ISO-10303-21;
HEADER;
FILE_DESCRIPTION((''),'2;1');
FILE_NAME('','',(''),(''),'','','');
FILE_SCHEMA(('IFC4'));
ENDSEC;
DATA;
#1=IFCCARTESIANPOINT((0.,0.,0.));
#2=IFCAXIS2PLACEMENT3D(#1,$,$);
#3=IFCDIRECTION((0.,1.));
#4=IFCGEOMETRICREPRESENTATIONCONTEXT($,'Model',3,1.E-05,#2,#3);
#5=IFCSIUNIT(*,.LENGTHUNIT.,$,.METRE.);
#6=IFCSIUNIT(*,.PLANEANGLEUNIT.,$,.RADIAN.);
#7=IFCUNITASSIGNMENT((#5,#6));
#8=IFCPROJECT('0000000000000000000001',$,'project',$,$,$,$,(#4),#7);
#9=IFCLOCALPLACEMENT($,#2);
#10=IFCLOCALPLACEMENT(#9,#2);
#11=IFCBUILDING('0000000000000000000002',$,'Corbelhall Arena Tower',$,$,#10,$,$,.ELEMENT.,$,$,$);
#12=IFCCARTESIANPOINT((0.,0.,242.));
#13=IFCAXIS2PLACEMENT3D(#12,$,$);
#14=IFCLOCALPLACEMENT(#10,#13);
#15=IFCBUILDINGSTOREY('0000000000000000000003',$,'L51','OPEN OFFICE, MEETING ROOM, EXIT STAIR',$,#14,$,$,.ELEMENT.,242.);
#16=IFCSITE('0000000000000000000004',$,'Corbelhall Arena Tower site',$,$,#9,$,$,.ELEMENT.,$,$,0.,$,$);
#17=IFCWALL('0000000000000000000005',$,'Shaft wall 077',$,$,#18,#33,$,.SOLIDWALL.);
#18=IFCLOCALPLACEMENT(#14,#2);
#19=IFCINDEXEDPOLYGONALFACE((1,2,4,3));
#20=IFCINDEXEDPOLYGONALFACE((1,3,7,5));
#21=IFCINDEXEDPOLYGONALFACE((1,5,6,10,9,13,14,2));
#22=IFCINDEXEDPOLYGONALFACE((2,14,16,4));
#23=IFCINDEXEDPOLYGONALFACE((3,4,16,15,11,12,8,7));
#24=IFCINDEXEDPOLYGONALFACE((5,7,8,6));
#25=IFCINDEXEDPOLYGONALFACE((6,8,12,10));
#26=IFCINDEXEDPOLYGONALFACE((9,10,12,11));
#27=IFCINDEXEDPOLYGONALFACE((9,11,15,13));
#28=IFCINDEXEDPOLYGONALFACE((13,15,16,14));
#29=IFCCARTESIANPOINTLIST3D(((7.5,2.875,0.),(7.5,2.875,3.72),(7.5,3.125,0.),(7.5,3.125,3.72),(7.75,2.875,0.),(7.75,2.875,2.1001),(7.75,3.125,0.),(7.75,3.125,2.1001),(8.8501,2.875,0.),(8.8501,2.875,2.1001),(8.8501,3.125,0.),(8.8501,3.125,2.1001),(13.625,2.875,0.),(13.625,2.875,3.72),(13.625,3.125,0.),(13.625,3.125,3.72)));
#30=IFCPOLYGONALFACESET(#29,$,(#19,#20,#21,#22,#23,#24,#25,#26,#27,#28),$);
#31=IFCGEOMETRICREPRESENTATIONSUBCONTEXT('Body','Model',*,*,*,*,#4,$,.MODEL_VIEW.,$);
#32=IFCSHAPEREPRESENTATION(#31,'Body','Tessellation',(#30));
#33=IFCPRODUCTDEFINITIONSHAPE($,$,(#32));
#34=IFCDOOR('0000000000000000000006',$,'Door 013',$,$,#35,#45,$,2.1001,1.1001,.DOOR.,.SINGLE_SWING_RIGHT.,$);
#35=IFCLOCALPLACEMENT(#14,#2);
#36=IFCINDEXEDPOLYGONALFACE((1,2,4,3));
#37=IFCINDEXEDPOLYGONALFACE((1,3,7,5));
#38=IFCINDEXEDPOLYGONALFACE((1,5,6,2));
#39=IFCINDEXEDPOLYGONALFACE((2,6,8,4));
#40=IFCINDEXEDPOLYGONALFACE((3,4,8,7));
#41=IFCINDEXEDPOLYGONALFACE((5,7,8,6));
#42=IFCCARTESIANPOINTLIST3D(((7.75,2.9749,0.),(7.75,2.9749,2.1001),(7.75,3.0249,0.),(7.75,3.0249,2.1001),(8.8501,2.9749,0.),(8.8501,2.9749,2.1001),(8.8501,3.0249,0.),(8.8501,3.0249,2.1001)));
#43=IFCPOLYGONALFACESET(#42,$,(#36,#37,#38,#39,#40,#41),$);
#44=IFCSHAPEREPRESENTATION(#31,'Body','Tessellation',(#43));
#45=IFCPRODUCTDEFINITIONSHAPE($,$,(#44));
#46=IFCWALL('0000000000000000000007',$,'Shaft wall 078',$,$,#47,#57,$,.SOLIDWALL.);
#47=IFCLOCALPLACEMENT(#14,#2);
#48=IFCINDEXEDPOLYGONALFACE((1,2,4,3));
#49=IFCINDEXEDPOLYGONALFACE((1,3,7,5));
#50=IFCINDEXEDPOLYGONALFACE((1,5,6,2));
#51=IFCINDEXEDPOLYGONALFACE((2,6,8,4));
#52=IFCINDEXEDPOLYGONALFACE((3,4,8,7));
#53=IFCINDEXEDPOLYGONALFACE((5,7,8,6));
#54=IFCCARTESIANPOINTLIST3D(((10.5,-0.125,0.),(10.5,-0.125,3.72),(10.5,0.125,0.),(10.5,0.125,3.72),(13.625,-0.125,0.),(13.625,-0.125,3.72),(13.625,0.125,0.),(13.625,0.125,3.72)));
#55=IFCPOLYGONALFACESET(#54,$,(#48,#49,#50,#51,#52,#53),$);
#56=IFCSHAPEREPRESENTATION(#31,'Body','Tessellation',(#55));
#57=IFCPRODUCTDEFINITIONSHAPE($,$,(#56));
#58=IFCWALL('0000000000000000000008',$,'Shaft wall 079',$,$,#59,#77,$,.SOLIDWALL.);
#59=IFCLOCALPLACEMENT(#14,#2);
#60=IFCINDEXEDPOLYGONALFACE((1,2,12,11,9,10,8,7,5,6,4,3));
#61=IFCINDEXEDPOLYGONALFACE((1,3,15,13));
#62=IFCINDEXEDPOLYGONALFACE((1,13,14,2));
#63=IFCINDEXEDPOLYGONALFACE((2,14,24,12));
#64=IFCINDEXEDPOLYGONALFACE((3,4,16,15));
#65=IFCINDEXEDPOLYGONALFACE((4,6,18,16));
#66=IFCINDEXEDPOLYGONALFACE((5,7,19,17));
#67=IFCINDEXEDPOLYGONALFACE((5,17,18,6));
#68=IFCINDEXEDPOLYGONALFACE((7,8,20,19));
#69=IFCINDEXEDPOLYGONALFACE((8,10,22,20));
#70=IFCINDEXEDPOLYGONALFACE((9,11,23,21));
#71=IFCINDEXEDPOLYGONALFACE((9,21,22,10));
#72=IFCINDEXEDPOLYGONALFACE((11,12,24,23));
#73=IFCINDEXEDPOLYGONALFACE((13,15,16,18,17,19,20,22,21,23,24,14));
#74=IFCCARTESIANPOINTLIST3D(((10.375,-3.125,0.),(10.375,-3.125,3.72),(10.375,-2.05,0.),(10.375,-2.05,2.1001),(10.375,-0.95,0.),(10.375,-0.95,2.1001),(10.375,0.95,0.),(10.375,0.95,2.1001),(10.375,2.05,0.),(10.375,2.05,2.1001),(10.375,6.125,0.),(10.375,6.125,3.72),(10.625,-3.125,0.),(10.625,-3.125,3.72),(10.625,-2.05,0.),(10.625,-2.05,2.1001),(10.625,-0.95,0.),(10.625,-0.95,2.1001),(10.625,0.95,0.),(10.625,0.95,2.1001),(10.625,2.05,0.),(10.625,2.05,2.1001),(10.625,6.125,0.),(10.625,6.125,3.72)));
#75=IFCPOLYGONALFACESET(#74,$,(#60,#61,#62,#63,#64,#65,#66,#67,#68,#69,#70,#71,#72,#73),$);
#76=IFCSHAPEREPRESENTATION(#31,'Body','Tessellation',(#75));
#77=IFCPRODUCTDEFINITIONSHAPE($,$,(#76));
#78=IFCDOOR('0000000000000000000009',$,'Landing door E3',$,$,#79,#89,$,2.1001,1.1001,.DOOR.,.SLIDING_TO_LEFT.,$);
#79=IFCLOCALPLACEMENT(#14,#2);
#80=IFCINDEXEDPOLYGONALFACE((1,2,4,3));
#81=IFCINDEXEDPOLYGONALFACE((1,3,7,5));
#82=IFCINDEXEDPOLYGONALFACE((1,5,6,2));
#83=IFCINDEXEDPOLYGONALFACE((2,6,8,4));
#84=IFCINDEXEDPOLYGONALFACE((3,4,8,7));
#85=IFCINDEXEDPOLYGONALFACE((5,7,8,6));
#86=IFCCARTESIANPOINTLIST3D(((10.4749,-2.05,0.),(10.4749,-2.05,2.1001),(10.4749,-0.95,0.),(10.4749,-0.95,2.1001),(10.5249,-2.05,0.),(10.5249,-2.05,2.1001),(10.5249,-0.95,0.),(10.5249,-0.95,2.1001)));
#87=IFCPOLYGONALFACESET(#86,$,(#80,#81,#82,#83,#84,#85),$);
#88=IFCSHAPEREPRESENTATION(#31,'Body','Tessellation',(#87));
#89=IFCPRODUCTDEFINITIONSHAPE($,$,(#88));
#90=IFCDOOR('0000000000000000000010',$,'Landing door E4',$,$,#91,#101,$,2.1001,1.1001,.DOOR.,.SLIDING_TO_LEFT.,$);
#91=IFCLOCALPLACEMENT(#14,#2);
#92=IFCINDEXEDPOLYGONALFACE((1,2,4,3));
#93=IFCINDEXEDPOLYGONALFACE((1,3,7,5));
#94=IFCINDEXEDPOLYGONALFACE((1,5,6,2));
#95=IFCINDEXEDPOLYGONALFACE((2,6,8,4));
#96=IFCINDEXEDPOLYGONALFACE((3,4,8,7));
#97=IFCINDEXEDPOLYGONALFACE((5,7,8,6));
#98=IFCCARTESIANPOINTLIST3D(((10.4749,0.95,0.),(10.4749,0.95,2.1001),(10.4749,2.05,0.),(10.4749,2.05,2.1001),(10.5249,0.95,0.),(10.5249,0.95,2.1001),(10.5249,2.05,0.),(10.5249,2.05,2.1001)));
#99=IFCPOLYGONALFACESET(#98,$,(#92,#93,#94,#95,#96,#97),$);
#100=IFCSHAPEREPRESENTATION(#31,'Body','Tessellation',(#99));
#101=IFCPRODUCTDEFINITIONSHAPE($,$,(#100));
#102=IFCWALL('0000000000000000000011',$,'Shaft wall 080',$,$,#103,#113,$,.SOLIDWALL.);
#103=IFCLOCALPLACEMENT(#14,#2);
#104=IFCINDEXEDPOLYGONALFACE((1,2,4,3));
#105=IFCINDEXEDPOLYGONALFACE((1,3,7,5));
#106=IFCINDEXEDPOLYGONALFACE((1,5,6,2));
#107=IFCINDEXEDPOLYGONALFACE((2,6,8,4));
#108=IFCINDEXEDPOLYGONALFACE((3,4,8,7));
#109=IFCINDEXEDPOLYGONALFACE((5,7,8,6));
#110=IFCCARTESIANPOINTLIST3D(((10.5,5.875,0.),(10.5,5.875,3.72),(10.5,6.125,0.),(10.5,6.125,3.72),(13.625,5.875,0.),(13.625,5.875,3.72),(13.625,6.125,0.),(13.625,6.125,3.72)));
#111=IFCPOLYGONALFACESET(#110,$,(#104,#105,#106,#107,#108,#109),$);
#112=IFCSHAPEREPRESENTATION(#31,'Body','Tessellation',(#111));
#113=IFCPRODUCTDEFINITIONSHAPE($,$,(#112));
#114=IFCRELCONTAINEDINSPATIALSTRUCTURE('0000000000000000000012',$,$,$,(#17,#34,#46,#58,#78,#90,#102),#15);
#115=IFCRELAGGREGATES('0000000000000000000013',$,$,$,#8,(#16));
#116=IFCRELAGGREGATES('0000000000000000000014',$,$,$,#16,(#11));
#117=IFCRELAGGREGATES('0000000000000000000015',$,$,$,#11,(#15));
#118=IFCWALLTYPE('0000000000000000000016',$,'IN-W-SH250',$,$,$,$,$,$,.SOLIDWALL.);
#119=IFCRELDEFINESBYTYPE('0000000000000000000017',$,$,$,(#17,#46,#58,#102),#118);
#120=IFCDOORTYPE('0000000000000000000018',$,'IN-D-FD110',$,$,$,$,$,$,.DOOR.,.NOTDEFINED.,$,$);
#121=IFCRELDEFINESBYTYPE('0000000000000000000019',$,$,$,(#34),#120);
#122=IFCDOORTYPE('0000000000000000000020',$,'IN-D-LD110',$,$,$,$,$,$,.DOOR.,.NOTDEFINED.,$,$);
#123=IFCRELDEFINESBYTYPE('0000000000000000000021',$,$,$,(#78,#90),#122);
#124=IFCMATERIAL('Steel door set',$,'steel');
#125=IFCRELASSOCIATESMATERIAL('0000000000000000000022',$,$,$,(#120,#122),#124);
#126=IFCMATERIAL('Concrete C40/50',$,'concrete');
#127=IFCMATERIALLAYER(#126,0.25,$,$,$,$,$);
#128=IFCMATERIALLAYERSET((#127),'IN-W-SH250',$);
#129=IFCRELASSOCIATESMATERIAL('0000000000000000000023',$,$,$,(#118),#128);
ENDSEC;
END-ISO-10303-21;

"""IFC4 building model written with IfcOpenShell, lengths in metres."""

from ifc_helpers import new_model, si_unit, direction, frame, frame_2d, origin, place, context, subcontext, project, spatial, rectangle, extrude, material, layer, layer_set, type_object, element, fill, save


model = new_model("IFC4")

# Units and contexts
model_context = context("Model", 3, precision=1e-05, world=origin(), true_north=direction((0.0, 1.0)))
body_context = subcontext(model_context, "Body", "Model", "MODEL_VIEW")
ifc_project = project(units=[si_unit("LENGTHUNIT", "METRE"), si_unit("PLANEANGLEUNIT", "RADIAN")], contexts=[model_context])

# Site, building, storey
site_placement = place(None, origin())
site = spatial("IfcSite", under=ifc_project, at=site_placement, Name="Corbelhall Arena Tower site", CompositionType="ELEMENT", RefElevation=0.0)
building_placement = place(site_placement, origin())
building = spatial("IfcBuilding", under=site, at=building_placement, Name="Corbelhall Arena Tower", CompositionType="ELEMENT")
storey_placement = place(building_placement, frame((0.0, 0.0, 242.0)))
storey = spatial("IfcBuildingStorey", under=building, at=storey_placement, Name="L51", Description="OPEN OFFICE, MEETING ROOM, EXIT STAIR", CompositionType="ELEMENT", Elevation=242.0)

# Shared definitions
ifc_material_1 = material(Name="Concrete C40/50", Category="concrete")

# Shared definitions
ifc_material_2 = material(Name="Steel door set", Category="steel")
door_type_1 = type_object("IfcDoorType", Name="IN-D-FD110", OperationType="NOTDEFINED", PredefinedType="DOOR", material=ifc_material_2)

# Shared definitions
ifc_layer_1 = layer(ifc_material_1, 0.25)
ifc_layer_set_1 = layer_set([ifc_layer_1], Name="IN-W-SH250")
wall_type_1 = type_object("IfcWallType", Name="IN-W-SH250", PredefinedType="SOLIDWALL", material=ifc_layer_set_1)

# Wall, opening, door
wall_1_placement = place(storey_placement, frame((7.5, 3.0, 0.0), z_axis=(0.0, 0.0, 1.0), x_axis=(1.0, 0.0, 0.0)))
wall_1 = element("IfcWall", 1, at=wall_1_placement, inside=storey, type_object=wall_type_1, Name="Shaft wall 077", PredefinedType="SOLIDWALL", context=body_context, shape_type="SweptSolid", body=[
    extrude(rectangle(XDim=6.125, YDim=0.25, at=frame_2d((3.0625, 0.0))), origin(), (0.0, 0.0, 1.0), 3.72),
])
opening_1_placement = place(wall_1_placement, frame((0.25, 0.0, 0.0)))
opening_1 = element("IfcOpeningElement", 2, at=opening_1_placement, cuts=wall_1, PredefinedType="OPENING", context=body_context, shape_type="SweptSolid", body=[
    extrude(rectangle(XDim=1.1001, YDim=2.1001, at=frame_2d((0.55, 1.05))), frame((0.0, 0.125, 0.0), z_axis=(0.0, -1.0, 0.0), x_axis=(1.0, 0.0, 0.0)), (0.0, 0.0, 1.0), 0.25),
])
door_1_placement = place(opening_1_placement, origin())
door_1 = element("IfcDoor", 3, at=door_1_placement, inside=storey, type_object=door_type_1, Name="Door 013", OperationType="SINGLE_SWING_RIGHT", OverallHeight=2.1001, OverallWidth=1.1001, PredefinedType="DOOR", context=body_context, shape_type="SweptSolid", body=[
    extrude(rectangle(XDim=1.1001, YDim=2.1001, at=frame_2d((0.55, 1.05))), frame((0.0, 0.0249, 0.0), z_axis=(0.0, -1.0, 0.0), x_axis=(1.0, 0.0, 0.0)), (0.0, 0.0, 1.0), 0.05),
])
fill(opening_1, door_1)

# Wall
wall_2_placement = place(storey_placement, frame((10.5, 0.0, 0.0), z_axis=(0.0, 0.0, 1.0), x_axis=(1.0, 0.0, 0.0)))
element("IfcWall", 4, at=wall_2_placement, inside=storey, type_object=wall_type_1, Name="Shaft wall 078", PredefinedType="SOLIDWALL", context=body_context, shape_type="SweptSolid", body=[
    extrude(rectangle(XDim=3.125, YDim=0.25, at=frame_2d((1.5625, 0.0))), origin(), (0.0, 0.0, 1.0), 3.72),
])

# Wall, openings, doors
wall_3_placement = place(storey_placement, frame((10.5, 6.125, 0.0), z_axis=(0.0, 0.0, 1.0), x_axis=(0.0, -1.0, 0.0)))
wall_3 = element("IfcWall", 5, at=wall_3_placement, inside=storey, type_object=wall_type_1, Name="Shaft wall 079", PredefinedType="SOLIDWALL", context=body_context, shape_type="SweptSolid", body=[
    extrude(rectangle(XDim=9.25, YDim=0.25, at=frame_2d((4.625, 0.0))), origin(), (0.0, 0.0, 1.0), 3.72),
])
opening_2_placement = place(wall_3_placement, frame((7.075, 0.0, 0.0)))
opening_2 = element("IfcOpeningElement", 6, at=opening_2_placement, cuts=wall_3, PredefinedType="OPENING", context=body_context, shape_type="SweptSolid", body=[
    extrude(rectangle(XDim=1.1001, YDim=2.1001, at=frame_2d((0.55, 1.05))), frame((0.0, 0.125, 0.0), z_axis=(0.0, -1.0, 0.0), x_axis=(1.0, 0.0, 0.0)), (0.0, 0.0, 1.0), 0.25),
])
opening_3_placement = place(wall_3_placement, frame((4.075, 0.0, 0.0)))
opening_3 = element("IfcOpeningElement", 7, at=opening_3_placement, cuts=wall_3, PredefinedType="OPENING", context=body_context, shape_type="SweptSolid", body=[
    extrude(rectangle(XDim=1.1001, YDim=2.1001, at=frame_2d((0.55, 1.05))), frame((0.0, 0.125, 0.0), z_axis=(0.0, -1.0, 0.0), x_axis=(1.0, 0.0, 0.0)), (0.0, 0.0, 1.0), 0.25),
])
door_type_2 = type_object("IfcDoorType", Name="IN-D-LD110", OperationType="NOTDEFINED", PredefinedType="DOOR", material=ifc_material_2)
door_2_placement = place(opening_2_placement, origin())
door_2 = element("IfcDoor", 8, at=door_2_placement, inside=storey, type_object=door_type_2, Name="Landing door E3", OperationType="SLIDING_TO_LEFT", OverallHeight=2.1001, OverallWidth=1.1001, PredefinedType="DOOR", context=body_context, shape_type="SweptSolid", body=[
    extrude(rectangle(XDim=1.1001, YDim=2.1001, at=frame_2d((0.55, 1.05))), frame((0.0, 0.0249, 0.0), z_axis=(0.0, -1.0, 0.0), x_axis=(1.0, 0.0, 0.0)), (0.0, 0.0, 1.0), 0.05),
])
fill(opening_2, door_2)
door_3_placement = place(opening_3_placement, origin())
door_3 = element("IfcDoor", 9, at=door_3_placement, inside=storey, type_object=door_type_2, Name="Landing door E4", OperationType="SLIDING_TO_LEFT", OverallHeight=2.1001, OverallWidth=1.1001, PredefinedType="DOOR", context=body_context, shape_type="SweptSolid", body=[
    extrude(rectangle(XDim=1.1001, YDim=2.1001, at=frame_2d((0.55, 1.05))), frame((0.0, 0.0249, 0.0), z_axis=(0.0, -1.0, 0.0), x_axis=(1.0, 0.0, 0.0)), (0.0, 0.0, 1.0), 0.05),
])
fill(opening_3, door_3)

# Wall
wall_4_placement = place(storey_placement, frame((10.5, 6.0, 0.0), z_axis=(0.0, 0.0, 1.0), x_axis=(1.0, 0.0, 0.0)))
element("IfcWall", 10, at=wall_4_placement, inside=storey, type_object=wall_type_1, Name="Shaft wall 080", PredefinedType="SOLIDWALL", context=body_context, shape_type="SweptSolid", body=[
    extrude(rectangle(XDim=3.125, YDim=0.25, at=frame_2d((1.5625, 0.0))), origin(), (0.0, 0.0, 1.0), 3.72),
])

save(model, "model.ifc")
